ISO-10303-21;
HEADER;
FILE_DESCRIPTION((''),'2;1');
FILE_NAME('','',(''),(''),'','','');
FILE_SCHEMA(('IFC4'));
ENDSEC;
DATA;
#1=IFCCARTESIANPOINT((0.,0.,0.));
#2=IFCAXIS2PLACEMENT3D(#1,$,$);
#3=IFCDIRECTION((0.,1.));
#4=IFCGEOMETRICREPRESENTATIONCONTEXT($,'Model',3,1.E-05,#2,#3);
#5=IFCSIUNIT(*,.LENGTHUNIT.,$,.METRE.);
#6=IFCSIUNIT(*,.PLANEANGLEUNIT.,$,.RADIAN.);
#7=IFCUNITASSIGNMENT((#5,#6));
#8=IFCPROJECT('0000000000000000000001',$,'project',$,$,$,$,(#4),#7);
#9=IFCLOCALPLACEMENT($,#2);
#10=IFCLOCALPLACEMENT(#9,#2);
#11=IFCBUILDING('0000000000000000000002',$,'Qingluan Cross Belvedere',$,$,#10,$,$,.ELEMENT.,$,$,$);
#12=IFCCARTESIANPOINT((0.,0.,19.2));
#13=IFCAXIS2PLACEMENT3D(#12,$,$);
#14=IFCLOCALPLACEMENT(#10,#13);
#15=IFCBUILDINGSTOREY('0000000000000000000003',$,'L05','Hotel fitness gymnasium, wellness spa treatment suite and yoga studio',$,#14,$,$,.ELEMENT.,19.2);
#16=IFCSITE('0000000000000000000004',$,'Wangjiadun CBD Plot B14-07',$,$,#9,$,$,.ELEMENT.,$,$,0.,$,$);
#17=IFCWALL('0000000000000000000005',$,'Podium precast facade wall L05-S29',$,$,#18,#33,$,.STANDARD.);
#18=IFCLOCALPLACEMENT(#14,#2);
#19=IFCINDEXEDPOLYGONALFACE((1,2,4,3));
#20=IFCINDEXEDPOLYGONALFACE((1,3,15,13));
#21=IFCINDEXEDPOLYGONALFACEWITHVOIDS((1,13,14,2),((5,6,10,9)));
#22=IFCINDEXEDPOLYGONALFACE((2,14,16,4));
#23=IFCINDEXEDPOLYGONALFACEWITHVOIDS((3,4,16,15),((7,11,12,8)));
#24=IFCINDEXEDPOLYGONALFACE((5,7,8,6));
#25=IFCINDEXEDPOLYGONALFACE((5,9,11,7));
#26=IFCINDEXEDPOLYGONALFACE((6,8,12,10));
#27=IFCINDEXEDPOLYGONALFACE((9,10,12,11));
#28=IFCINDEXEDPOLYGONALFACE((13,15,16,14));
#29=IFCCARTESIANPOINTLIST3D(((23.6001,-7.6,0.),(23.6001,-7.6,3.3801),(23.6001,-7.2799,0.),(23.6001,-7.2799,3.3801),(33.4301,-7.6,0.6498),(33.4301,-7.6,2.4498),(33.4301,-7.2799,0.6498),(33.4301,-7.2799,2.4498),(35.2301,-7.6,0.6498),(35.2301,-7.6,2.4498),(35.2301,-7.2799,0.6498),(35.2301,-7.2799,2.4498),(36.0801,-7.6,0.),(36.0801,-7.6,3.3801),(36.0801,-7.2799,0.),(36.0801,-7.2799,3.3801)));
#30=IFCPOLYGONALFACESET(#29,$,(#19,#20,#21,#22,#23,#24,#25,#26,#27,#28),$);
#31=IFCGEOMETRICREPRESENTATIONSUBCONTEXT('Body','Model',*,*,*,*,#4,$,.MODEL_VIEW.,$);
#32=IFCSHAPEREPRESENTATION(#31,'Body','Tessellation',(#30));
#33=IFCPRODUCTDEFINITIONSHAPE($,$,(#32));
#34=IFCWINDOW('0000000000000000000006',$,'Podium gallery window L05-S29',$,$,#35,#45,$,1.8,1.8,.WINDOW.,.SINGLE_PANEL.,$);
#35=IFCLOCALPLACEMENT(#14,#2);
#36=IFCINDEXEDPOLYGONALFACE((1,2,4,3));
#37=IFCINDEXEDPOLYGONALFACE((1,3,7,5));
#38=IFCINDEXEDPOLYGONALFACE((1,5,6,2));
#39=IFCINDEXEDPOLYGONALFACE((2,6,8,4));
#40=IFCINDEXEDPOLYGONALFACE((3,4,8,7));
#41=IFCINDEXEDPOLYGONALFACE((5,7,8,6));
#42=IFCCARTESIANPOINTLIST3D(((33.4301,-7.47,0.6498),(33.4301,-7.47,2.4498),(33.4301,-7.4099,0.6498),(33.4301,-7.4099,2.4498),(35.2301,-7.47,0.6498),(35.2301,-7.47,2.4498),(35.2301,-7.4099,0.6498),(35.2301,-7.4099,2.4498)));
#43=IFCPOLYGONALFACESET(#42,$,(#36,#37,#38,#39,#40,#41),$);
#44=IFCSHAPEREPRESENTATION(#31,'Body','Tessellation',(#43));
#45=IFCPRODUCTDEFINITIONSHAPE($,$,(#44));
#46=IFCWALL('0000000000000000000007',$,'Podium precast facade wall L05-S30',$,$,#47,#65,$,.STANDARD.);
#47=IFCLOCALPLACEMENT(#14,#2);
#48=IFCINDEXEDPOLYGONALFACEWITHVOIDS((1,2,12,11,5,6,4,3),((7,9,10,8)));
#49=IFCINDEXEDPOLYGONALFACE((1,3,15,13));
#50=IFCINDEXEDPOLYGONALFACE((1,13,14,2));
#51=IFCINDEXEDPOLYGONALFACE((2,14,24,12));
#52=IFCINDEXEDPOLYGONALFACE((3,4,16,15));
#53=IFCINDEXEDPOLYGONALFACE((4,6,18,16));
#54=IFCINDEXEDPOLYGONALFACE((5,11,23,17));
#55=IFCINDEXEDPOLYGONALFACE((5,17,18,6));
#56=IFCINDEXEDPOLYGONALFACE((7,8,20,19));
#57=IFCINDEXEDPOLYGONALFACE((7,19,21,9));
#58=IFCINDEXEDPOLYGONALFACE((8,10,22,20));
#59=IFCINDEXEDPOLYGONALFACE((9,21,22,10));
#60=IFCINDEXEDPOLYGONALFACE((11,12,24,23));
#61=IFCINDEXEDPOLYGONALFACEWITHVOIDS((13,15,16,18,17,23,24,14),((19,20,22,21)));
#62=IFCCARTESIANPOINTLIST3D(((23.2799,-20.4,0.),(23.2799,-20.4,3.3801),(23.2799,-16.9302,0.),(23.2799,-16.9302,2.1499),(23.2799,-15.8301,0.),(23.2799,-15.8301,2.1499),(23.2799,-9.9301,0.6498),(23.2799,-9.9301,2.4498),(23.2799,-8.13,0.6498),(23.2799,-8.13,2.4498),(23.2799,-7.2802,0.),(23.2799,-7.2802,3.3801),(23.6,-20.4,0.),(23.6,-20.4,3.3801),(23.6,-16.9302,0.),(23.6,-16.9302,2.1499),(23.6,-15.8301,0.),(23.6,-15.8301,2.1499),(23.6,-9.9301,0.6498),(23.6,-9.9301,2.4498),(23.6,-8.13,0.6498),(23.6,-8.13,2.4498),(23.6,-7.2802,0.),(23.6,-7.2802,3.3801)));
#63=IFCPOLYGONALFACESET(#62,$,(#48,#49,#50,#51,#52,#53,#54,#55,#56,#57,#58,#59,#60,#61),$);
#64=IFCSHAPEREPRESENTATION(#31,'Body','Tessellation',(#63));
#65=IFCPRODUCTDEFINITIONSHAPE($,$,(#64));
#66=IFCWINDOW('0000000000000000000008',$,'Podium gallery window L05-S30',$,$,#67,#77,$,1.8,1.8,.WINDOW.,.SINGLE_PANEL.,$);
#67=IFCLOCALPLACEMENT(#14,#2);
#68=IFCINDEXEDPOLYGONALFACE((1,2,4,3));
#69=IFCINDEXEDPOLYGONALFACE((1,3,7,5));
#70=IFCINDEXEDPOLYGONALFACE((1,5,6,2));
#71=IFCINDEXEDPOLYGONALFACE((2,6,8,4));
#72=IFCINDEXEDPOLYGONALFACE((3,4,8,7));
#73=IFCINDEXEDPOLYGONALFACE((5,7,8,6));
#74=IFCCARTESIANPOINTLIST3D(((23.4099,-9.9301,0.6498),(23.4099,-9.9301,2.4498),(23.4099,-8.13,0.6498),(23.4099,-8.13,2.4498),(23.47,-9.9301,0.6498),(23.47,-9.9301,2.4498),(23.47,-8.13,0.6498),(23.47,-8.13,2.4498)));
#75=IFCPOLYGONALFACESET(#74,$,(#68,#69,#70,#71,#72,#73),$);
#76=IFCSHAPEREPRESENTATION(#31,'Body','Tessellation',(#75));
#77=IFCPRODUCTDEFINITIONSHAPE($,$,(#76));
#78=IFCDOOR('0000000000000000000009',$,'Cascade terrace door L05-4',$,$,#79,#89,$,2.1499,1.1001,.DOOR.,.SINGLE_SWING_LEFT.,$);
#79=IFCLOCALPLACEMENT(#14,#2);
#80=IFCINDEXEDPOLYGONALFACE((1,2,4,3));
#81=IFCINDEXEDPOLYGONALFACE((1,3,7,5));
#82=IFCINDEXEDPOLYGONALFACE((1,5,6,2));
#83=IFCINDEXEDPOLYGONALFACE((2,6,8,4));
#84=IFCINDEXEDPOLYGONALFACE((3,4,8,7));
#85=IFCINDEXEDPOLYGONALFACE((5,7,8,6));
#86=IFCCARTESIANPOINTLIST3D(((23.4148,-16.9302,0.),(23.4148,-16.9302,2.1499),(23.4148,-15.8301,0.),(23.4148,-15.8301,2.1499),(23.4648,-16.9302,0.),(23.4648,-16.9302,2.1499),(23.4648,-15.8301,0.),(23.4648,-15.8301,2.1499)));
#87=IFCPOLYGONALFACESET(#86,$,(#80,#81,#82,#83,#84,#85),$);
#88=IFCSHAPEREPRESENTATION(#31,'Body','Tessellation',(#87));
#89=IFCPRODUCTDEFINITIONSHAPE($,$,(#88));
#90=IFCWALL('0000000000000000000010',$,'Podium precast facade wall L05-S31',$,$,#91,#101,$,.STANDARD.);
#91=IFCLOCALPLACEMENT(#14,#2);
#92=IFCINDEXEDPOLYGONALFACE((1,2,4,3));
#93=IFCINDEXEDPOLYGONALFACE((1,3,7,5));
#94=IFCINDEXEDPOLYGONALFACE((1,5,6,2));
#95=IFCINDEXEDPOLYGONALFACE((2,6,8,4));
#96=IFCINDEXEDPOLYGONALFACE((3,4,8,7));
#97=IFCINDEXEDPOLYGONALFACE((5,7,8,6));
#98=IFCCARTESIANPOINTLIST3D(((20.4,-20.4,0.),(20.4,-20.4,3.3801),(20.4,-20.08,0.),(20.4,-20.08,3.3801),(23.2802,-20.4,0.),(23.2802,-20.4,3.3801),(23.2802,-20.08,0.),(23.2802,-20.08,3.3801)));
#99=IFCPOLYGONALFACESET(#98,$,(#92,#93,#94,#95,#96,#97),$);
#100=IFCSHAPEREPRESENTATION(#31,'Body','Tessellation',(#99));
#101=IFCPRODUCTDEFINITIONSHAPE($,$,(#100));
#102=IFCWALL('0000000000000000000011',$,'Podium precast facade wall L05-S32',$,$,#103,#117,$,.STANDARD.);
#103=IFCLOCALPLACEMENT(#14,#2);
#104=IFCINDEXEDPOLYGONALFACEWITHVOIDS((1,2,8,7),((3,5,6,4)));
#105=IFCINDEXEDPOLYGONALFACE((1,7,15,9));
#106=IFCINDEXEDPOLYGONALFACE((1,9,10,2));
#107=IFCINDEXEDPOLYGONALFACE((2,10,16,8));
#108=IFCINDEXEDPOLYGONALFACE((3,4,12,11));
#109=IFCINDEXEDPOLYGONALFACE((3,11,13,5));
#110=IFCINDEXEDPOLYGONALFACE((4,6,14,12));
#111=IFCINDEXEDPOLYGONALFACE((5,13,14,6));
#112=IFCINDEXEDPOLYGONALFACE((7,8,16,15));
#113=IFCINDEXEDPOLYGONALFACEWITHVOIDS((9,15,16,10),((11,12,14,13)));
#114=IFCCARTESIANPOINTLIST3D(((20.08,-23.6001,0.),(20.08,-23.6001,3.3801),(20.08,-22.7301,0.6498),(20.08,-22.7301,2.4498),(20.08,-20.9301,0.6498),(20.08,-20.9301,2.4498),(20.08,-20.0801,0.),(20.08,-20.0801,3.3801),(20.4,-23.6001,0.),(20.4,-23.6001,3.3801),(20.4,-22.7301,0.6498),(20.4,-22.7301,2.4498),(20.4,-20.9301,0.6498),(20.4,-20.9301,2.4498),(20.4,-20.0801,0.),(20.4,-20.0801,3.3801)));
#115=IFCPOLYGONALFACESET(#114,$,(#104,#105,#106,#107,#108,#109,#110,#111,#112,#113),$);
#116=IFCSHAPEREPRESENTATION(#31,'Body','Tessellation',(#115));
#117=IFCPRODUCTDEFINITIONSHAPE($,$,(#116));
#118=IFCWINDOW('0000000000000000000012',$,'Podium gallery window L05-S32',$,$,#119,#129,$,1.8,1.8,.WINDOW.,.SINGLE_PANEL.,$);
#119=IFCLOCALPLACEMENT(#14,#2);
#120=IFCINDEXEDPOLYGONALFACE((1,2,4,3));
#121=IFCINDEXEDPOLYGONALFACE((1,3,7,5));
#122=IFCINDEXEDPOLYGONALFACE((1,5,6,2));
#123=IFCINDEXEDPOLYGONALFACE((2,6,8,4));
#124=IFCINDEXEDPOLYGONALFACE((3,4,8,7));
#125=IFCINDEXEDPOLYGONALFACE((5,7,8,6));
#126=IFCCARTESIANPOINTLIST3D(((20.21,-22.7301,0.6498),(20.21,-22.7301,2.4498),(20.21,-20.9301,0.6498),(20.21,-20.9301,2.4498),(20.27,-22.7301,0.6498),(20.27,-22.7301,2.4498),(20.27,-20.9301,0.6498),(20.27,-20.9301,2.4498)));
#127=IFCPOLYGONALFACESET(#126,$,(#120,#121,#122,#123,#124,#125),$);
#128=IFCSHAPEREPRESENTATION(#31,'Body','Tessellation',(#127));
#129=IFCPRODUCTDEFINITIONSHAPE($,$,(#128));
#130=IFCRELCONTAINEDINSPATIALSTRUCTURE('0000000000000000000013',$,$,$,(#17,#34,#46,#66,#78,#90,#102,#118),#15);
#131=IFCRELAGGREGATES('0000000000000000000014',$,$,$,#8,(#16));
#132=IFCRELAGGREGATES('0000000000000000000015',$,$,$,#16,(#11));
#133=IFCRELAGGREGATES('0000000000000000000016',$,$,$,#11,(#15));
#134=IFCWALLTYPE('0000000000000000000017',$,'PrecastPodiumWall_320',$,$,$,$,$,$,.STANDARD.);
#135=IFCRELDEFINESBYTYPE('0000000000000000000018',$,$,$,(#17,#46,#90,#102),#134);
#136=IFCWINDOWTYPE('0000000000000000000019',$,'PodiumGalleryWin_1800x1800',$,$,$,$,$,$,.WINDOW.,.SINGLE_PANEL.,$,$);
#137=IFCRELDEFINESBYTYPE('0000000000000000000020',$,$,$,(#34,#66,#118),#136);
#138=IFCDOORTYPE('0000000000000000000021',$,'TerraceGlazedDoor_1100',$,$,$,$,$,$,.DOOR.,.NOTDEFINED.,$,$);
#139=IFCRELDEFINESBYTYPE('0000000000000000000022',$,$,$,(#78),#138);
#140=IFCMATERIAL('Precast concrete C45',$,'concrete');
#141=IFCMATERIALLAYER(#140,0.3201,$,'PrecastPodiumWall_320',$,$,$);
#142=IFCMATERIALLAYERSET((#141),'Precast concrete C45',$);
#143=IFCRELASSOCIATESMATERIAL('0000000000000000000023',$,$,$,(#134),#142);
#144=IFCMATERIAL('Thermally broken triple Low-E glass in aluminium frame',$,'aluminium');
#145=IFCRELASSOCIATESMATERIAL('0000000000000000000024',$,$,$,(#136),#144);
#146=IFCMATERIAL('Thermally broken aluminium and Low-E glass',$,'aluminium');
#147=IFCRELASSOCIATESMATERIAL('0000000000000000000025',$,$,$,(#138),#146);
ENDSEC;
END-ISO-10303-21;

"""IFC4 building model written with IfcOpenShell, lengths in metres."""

from ifc_helpers import new_model, si_unit, direction, frame, frame_2d, origin, place, context, subcontext, project, spatial, rectangle, extrude, material, layer, layer_set, type_object, element, fill, save


model = new_model("IFC4")

# Units and contexts
model_context = context("Model", 3, precision=1e-05, world=origin(), true_north=direction((0.0, 1.0)))
body_context = subcontext(model_context, "Body", "Model", "MODEL_VIEW")
ifc_project = project(units=[si_unit("LENGTHUNIT", "METRE"), si_unit("PLANEANGLEUNIT", "RADIAN")], contexts=[model_context])

# Site, building, storey
site_placement = place(None, origin())
site = spatial("IfcSite", under=ifc_project, at=site_placement, Name="Wangjiadun CBD Plot B14-07", CompositionType="ELEMENT", RefElevation=0.0)
building_placement = place(site_placement, origin())
building = spatial("IfcBuilding", under=site, at=building_placement, Name="Qingluan Cross Belvedere", CompositionType="ELEMENT")
storey_placement = place(building_placement, frame((0.0, 0.0, 19.2)))
storey = spatial("IfcBuildingStorey", under=building, at=storey_placement, Name="L05", Description="Hotel fitness gymnasium, wellness spa treatment suite and yoga studio", CompositionType="ELEMENT", Elevation=19.2)

# Shared definitions
ifc_material_1 = material(Name="Precast concrete C45", Category="concrete")
ifc_layer_1 = layer(ifc_material_1, 0.3201, Name="PrecastPodiumWall_320")
ifc_layer_set_1 = layer_set([ifc_layer_1], Name="Precast concrete C45")
wall_type_1 = type_object("IfcWallType", Name="PrecastPodiumWall_320", PredefinedType="STANDARD", material=ifc_layer_set_1)
ifc_material_2 = material(Name="Thermally broken triple Low-E glass in aluminium frame", Category="aluminium")
window_type = type_object("IfcWindowType", Name="PodiumGalleryWin_1800x1800", PartitioningType="SINGLE_PANEL", PredefinedType="WINDOW", material=ifc_material_2)

# Wall, opening, window
wall_1_placement = place(storey_placement, frame((36.0801, -7.4399, 0.0), z_axis=(0.0, 0.0, 1.0), x_axis=(-1.0, 0.0, 0.0)))
wall_1 = element("IfcWall", 1, at=wall_1_placement, inside=storey, type_object=wall_type_1, Name="Podium precast facade wall L05-S29", PredefinedType="STANDARD", context=body_context, shape_type="SweptSolid", body=[
    extrude(rectangle(XDim=12.48, YDim=0.3201, at=frame_2d((6.24, 0.0))), origin(), (0.0, 0.0, 1.0), 3.3801),
])
opening_1_placement = place(wall_1_placement, frame((0.8501, 0.0, 0.6499)))
opening_1 = element("IfcOpeningElement", 2, at=opening_1_placement, cuts=wall_1, PredefinedType="OPENING", context=body_context, shape_type="SweptSolid", body=[
    extrude(rectangle(XDim=1.8, YDim=1.8, at=frame_2d((0.8999, 0.8999))), frame((0.0, 0.1699, 0.0), z_axis=(0.0, -1.0, 0.0), x_axis=(1.0, 0.0, 0.0)), (0.0, 0.0, 1.0), 0.3401),
])
window_1_placement = place(opening_1_placement, origin())
window_1 = element("IfcWindow", 3, at=window_1_placement, inside=storey, type_object=window_type, Name="Podium gallery window L05-S29", OverallHeight=1.8, OverallWidth=1.8, PartitioningType="SINGLE_PANEL", PredefinedType="WINDOW", context=body_context, shape_type="SweptSolid", body=[
    extrude(rectangle(XDim=1.8, YDim=1.8, at=frame_2d((0.8999, 0.8999))), frame((0.0, 0.03, 0.0), z_axis=(0.0, -1.0, 0.0), x_axis=(1.0, 0.0, 0.0)), (0.0, 0.0, 1.0), 0.0601),
])
fill(opening_1, window_1)

# Wall, openings, window, door
wall_2_placement = place(storey_placement, frame((23.4399, -7.28, 0.0), z_axis=(0.0, 0.0, 1.0), x_axis=(0.0, -1.0, 0.0)))
wall_2 = element("IfcWall", 4, at=wall_2_placement, inside=storey, type_object=wall_type_1, Name="Podium precast facade wall L05-S30", PredefinedType="STANDARD", context=body_context, shape_type="SweptSolid", body=[
    extrude(rectangle(XDim=13.1199, YDim=0.3201, at=frame_2d((6.5601, 0.0))), origin(), (0.0, 0.0, 1.0), 3.3801),
])
opening_2_placement = place(wall_2_placement, frame((0.8501, 0.0, 0.6499)))
opening_2 = element("IfcOpeningElement", 5, at=opening_2_placement, cuts=wall_2, PredefinedType="OPENING", context=body_context, shape_type="SweptSolid", body=[
    extrude(rectangle(XDim=1.8, YDim=1.8, at=frame_2d((0.8999, 0.8999))), frame((0.0, 0.1699, 0.0), z_axis=(0.0, -1.0, 0.0), x_axis=(1.0, 0.0, 0.0)), (0.0, 0.0, 1.0), 0.3401),
])
opening_3_placement = place(wall_2_placement, frame((8.55, 0.0, 0.0)))
opening_3 = element("IfcOpeningElement", 6, at=opening_3_placement, cuts=wall_2, PredefinedType="OPENING", context=body_context, shape_type="SweptSolid", body=[
    extrude(rectangle(XDim=1.1001, YDim=2.1499, at=frame_2d((0.55, 1.075))), frame((0.0, 0.1699, 0.0), z_axis=(0.0, -1.0, 0.0), x_axis=(1.0, 0.0, 0.0)), (0.0, 0.0, 1.0), 0.3401),
])
window_2_placement = place(opening_2_placement, origin())
window_2 = element("IfcWindow", 7, at=window_2_placement, inside=storey, type_object=window_type, Name="Podium gallery window L05-S30", OverallHeight=1.8, OverallWidth=1.8, PartitioningType="SINGLE_PANEL", PredefinedType="WINDOW", context=body_context, shape_type="SweptSolid", body=[
    extrude(rectangle(XDim=1.8, YDim=1.8, at=frame_2d((0.8999, 0.8999))), frame((0.0, 0.03, 0.0), z_axis=(0.0, -1.0, 0.0), x_axis=(1.0, 0.0, 0.0)), (0.0, 0.0, 1.0), 0.0601),
])
fill(opening_2, window_2)
ifc_material_3 = material(Name="Thermally broken aluminium and Low-E glass", Category="aluminium")
door_type = type_object("IfcDoorType", Name="TerraceGlazedDoor_1100", OperationType="NOTDEFINED", PredefinedType="DOOR", material=ifc_material_3)
door_placement = place(opening_3_placement, origin())
door = element("IfcDoor", 8, at=door_placement, inside=storey, type_object=door_type, Name="Cascade terrace door L05-4", OperationType="SINGLE_SWING_LEFT", OverallHeight=2.1499, OverallWidth=1.1001, PredefinedType="DOOR", context=body_context, shape_type="SweptSolid", body=[
    extrude(rectangle(XDim=1.1001, YDim=2.1499, at=frame_2d((0.55, 1.075))), frame((0.0, 0.0249, 0.0), z_axis=(0.0, -1.0, 0.0), x_axis=(1.0, 0.0, 0.0)), (0.0, 0.0, 1.0), 0.05),
])
fill(opening_3, door)

# Wall
wall_3_placement = place(storey_placement, frame((23.28, -20.24, 0.0), z_axis=(0.0, 0.0, 1.0), x_axis=(-1.0, 0.0, 0.0)))
element("IfcWall", 9, at=wall_3_placement, inside=storey, type_object=wall_type_1, Name="Podium precast facade wall L05-S31", PredefinedType="STANDARD", context=body_context, shape_type="SweptSolid", body=[
    extrude(rectangle(XDim=2.8801, YDim=0.3201, at=frame_2d((1.4399, 0.0))), origin(), (0.0, 0.0, 1.0), 3.3801),
])

# Wall, opening, window
wall_4_placement = place(storey_placement, frame((20.24, -20.0801, 0.0), z_axis=(0.0, 0.0, 1.0), x_axis=(0.0, -1.0, 0.0)))
wall_4 = element("IfcWall", 10, at=wall_4_placement, inside=storey, type_object=wall_type_1, Name="Podium precast facade wall L05-S32", PredefinedType="STANDARD", context=body_context, shape_type="SweptSolid", body=[
    extrude(rectangle(XDim=3.52, YDim=0.3201, at=frame_2d((1.76, 0.0))), origin(), (0.0, 0.0, 1.0), 3.3801),
])
opening_4_placement = place(wall_4_placement, frame((0.8501, 0.0, 0.6499)))
opening_4 = element("IfcOpeningElement", 11, at=opening_4_placement, cuts=wall_4, PredefinedType="OPENING", context=body_context, shape_type="SweptSolid", body=[
    extrude(rectangle(XDim=1.8, YDim=1.8, at=frame_2d((0.8999, 0.8999))), frame((0.0, 0.1699, 0.0), z_axis=(0.0, -1.0, 0.0), x_axis=(1.0, 0.0, 0.0)), (0.0, 0.0, 1.0), 0.3401),
])
window_3_placement = place(opening_4_placement, origin())
window_3 = element("IfcWindow", 12, at=window_3_placement, inside=storey, type_object=window_type, Name="Podium gallery window L05-S32", OverallHeight=1.8, OverallWidth=1.8, PartitioningType="SINGLE_PANEL", PredefinedType="WINDOW", context=body_context, shape_type="SweptSolid", body=[
    extrude(rectangle(XDim=1.8, YDim=1.8, at=frame_2d((0.8999, 0.8999))), frame((0.0, 0.03, 0.0), z_axis=(0.0, -1.0, 0.0), x_axis=(1.0, 0.0, 0.0)), (0.0, 0.0, 1.0), 0.0601),
])
fill(opening_4, window_3)

save(model, "model.ifc")
